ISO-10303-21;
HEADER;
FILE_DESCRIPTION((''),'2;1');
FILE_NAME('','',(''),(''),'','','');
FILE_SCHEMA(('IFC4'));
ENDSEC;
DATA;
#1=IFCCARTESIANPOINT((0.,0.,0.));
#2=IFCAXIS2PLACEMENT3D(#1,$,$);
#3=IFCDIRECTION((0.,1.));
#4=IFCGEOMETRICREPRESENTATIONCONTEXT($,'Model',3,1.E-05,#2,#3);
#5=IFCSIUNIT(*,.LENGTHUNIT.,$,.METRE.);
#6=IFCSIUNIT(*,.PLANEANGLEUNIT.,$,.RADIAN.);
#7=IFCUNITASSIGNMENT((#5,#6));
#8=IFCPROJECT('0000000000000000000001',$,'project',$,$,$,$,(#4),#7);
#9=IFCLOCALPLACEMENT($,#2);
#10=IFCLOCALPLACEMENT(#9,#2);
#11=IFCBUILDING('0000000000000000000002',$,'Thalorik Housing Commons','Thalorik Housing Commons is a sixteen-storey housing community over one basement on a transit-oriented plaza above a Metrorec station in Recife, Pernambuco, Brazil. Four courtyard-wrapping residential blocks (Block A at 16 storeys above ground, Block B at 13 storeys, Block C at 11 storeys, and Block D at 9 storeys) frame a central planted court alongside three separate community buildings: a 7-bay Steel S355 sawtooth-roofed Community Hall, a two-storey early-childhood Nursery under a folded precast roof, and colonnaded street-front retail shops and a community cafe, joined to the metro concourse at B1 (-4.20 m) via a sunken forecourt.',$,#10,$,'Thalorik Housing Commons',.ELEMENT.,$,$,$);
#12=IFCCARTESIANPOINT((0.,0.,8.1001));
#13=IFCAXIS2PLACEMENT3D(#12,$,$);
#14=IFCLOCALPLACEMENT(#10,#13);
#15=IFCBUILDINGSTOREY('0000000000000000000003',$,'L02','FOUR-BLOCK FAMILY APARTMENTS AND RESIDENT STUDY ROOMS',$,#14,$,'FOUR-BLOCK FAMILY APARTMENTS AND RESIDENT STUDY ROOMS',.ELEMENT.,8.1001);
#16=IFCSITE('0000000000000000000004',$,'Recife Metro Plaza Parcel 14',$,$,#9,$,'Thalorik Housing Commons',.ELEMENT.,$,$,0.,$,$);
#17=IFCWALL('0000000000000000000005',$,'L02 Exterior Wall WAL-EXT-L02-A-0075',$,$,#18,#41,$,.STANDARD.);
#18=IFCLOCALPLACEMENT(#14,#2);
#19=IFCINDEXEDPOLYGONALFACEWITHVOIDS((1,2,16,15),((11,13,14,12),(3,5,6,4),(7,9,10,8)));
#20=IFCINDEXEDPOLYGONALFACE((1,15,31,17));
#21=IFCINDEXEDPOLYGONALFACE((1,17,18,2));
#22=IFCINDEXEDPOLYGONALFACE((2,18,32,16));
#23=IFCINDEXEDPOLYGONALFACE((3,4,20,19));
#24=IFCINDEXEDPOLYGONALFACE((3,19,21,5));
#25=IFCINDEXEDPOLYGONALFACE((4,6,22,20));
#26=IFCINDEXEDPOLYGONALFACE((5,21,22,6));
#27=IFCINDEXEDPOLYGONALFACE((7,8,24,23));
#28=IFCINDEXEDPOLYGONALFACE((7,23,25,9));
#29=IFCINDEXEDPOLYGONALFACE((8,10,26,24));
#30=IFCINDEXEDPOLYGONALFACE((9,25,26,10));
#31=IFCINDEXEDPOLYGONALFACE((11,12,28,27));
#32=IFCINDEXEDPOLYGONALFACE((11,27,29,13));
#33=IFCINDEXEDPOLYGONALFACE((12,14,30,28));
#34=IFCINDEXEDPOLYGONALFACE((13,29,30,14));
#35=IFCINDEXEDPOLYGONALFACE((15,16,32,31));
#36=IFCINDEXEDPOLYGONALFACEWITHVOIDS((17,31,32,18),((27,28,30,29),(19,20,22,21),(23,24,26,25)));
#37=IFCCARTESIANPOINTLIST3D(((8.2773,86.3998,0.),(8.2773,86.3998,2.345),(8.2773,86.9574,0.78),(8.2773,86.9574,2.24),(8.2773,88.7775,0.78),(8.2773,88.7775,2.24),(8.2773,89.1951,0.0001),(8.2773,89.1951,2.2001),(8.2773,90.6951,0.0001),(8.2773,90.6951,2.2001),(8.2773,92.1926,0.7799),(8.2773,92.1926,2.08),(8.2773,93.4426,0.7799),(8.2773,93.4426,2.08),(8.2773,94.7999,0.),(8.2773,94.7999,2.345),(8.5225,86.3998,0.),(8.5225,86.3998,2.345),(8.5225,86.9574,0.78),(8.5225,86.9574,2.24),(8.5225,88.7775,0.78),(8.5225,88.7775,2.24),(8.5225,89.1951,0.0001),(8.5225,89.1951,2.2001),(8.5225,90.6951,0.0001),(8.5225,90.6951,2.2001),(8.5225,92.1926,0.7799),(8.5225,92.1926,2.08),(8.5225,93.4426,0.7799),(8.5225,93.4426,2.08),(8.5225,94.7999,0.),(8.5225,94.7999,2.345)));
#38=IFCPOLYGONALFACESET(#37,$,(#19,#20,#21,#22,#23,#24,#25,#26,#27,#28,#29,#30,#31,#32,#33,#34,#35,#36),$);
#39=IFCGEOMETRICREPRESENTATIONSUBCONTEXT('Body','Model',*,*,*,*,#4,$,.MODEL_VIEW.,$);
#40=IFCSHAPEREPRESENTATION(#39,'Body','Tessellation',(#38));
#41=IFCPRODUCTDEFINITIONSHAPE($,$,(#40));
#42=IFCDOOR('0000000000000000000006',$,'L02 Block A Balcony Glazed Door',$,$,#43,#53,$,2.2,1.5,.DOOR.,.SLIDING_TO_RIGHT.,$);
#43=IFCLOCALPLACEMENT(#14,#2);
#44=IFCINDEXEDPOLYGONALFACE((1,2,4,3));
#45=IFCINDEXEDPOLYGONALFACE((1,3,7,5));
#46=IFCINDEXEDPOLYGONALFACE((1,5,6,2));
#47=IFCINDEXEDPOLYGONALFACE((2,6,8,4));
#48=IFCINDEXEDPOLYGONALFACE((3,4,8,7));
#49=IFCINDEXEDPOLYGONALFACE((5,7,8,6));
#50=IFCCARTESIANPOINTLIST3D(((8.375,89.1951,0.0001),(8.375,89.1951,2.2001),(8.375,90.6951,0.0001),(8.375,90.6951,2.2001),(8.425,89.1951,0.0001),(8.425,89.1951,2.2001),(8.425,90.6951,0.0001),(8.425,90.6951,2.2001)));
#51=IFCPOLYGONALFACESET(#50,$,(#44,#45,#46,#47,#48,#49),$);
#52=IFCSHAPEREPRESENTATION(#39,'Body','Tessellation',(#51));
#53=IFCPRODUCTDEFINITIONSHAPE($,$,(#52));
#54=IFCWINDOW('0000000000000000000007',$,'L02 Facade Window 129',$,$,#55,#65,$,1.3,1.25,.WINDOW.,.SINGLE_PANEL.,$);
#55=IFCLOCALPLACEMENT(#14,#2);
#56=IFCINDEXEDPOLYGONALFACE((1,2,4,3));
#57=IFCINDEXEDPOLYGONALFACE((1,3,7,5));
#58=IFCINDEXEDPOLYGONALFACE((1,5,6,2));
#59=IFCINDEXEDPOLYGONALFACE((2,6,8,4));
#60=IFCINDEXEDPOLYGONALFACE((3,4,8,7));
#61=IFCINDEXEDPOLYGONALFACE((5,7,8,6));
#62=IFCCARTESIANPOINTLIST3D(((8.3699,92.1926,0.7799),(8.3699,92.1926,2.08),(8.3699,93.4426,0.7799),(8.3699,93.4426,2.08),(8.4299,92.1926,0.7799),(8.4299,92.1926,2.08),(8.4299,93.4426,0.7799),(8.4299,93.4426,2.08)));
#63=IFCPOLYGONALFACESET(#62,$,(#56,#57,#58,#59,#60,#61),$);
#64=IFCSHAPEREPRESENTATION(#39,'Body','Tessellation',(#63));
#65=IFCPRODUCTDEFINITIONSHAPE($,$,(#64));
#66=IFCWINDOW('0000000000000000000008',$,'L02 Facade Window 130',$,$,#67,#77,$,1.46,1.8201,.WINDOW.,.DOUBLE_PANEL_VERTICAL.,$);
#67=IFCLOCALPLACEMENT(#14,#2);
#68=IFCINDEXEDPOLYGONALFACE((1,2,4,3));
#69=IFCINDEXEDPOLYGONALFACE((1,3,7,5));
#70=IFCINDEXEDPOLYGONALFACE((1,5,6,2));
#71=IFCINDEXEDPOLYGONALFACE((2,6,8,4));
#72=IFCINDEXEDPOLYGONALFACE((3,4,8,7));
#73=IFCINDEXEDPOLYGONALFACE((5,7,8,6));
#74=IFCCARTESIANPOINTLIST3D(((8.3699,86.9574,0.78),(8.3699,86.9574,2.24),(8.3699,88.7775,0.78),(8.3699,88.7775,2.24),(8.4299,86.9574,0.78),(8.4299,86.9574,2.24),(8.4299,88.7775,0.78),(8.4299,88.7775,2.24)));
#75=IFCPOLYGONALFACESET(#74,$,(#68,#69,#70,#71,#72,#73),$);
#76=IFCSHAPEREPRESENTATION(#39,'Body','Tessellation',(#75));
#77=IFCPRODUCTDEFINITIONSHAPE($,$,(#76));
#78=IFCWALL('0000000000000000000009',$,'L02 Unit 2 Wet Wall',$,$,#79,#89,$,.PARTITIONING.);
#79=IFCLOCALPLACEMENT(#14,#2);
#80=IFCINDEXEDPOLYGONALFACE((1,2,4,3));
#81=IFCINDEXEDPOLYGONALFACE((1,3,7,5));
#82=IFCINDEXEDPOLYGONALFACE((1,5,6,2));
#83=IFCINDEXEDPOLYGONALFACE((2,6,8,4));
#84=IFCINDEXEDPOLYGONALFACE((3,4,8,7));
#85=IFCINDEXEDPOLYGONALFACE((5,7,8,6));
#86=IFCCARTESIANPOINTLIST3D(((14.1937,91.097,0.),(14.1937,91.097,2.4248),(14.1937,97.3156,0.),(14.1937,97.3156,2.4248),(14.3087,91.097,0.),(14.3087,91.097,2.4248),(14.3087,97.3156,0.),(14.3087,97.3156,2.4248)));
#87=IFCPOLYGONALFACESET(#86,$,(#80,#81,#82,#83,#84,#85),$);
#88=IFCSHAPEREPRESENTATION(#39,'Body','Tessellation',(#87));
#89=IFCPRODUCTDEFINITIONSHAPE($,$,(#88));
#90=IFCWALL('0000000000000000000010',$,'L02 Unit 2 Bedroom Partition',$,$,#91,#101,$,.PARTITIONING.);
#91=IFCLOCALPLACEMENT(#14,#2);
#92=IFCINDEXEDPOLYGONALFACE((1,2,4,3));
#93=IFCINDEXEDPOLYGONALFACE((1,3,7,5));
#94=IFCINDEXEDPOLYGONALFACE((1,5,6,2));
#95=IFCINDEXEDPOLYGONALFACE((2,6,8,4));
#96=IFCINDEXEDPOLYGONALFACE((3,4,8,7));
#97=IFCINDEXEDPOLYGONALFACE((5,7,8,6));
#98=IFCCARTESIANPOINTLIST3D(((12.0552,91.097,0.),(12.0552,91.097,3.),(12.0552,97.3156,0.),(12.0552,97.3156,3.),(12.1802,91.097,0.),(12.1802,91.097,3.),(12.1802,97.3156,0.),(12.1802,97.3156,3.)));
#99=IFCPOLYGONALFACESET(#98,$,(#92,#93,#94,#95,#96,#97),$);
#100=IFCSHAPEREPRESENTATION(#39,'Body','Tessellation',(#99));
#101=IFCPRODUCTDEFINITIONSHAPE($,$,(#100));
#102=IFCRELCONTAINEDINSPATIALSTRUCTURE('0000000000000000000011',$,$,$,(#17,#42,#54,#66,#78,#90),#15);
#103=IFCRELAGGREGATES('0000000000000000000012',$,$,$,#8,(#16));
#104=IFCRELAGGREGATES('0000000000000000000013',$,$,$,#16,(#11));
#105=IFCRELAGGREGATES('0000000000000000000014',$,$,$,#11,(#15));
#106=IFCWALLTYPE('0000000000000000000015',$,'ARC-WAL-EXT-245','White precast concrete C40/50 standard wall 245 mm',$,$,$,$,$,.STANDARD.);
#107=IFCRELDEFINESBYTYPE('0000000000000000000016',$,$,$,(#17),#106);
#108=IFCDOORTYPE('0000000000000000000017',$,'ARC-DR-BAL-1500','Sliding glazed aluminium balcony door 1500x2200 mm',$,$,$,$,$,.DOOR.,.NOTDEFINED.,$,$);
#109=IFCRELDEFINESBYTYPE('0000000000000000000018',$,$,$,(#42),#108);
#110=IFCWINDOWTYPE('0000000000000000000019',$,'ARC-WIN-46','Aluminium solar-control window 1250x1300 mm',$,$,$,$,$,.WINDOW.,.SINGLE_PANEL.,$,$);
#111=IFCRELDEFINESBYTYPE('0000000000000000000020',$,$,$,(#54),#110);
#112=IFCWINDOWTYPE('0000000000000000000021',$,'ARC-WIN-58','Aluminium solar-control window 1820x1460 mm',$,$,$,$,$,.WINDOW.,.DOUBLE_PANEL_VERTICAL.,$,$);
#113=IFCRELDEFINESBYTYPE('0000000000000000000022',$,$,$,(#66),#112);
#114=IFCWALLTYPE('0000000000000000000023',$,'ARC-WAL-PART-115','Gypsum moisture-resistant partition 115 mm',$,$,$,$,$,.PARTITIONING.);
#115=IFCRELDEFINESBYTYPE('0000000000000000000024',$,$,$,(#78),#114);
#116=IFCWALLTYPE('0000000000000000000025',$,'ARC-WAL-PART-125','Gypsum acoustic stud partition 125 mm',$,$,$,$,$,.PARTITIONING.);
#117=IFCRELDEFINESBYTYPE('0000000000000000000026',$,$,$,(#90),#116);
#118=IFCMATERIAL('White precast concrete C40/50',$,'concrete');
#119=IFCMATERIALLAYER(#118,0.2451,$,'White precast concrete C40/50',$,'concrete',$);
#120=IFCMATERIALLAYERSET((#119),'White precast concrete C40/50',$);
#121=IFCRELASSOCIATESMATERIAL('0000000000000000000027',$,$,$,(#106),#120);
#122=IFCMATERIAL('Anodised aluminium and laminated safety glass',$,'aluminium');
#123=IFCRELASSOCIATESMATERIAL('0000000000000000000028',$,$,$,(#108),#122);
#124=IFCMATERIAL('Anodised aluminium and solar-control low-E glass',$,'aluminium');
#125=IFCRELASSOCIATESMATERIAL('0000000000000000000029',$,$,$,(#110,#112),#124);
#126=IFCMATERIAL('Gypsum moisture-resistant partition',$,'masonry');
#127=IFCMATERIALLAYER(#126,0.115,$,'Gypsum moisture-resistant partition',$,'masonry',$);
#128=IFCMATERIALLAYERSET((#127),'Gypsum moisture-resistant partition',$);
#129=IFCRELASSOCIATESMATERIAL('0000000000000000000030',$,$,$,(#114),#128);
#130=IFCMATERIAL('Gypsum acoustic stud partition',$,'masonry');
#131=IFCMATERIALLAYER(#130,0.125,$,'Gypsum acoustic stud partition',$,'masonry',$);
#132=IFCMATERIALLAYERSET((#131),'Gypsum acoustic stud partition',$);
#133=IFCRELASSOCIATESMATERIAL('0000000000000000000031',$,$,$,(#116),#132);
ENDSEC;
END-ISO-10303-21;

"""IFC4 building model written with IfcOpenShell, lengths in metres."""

from ifc_helpers import new_model, si_unit, direction, frame, frame_2d, origin, place, context, subcontext, project, spatial, rectangle, extrude, material, layer, layer_set, type_object, element, fill, save


model = new_model("IFC4")

# Units and contexts
model_context = context("Model", 3, precision=1e-05, world=origin(), true_north=direction((0.0, 1.0)))
body_context = subcontext(model_context, "Body", "Model", "MODEL_VIEW")
ifc_project = project(units=[si_unit("LENGTHUNIT", "METRE"), si_unit("PLANEANGLEUNIT", "RADIAN")], contexts=[model_context])

# Site, building, storey
site_placement = place(None, origin())
site = spatial("IfcSite", under=ifc_project, at=site_placement, Name="Recife Metro Plaza Parcel 14", LongName="Thalorik Housing Commons", CompositionType="ELEMENT", RefElevation=0.0)
building_placement = place(site_placement, origin())
building = spatial("IfcBuilding", under=site, at=building_placement, Name="Thalorik Housing Commons", Description="Thalorik Housing Commons is a sixteen-storey housing community over one basement on a transit-oriented plaza above a Metrorec station in Recife, Pernambuco, Brazil. Four courtyard-wrapping residential blocks (Block A at 16 storeys above ground, Block B at 13 storeys, Block C at 11 storeys, and Block D at 9 storeys) frame a central planted court alongside three separate community buildings: a 7-bay Steel S355 sawtooth-roofed Community Hall, a two-storey early-childhood Nursery under a folded precast roof, and colonnaded street-front retail shops and a community cafe, joined to the metro concourse at B1 (-4.20 m) via a sunken forecourt.", LongName="Thalorik Housing Commons", CompositionType="ELEMENT")
storey_placement = place(building_placement, frame((0.0, 0.0, 8.1001)))
storey = spatial("IfcBuildingStorey", under=building, at=storey_placement, Name="L02", Description="FOUR-BLOCK FAMILY APARTMENTS AND RESIDENT STUDY ROOMS", LongName="FOUR-BLOCK FAMILY APARTMENTS AND RESIDENT STUDY ROOMS", CompositionType="ELEMENT", Elevation=8.1001)

# Shared definitions
ifc_material_1 = material(Name="White precast concrete C40/50", Category="concrete")
ifc_layer_1 = layer(ifc_material_1, 0.2451, Name="White precast concrete C40/50", Category="concrete")
ifc_layer_set_1 = layer_set([ifc_layer_1], Name="White precast concrete C40/50")
wall_type_1 = type_object("IfcWallType", Name="ARC-WAL-EXT-245", Description="White precast concrete C40/50 standard wall 245 mm", PredefinedType="STANDARD", material=ifc_layer_set_1)
ifc_material_2 = material(Name="Anodised aluminium and laminated safety glass", Category="aluminium")
ifc_material_3 = material(Name="Anodised aluminium and solar-control low-E glass", Category="aluminium")

# Wall, openings, door, windows
wall_1_placement = place(storey_placement, frame((8.3999, 94.8, 0.0), z_axis=(0.0, 0.0, 1.0), x_axis=(0.0, -1.0, 0.0)))
wall_1 = element("IfcWall", 1, at=wall_1_placement, inside=storey, type_object=wall_type_1, Name="L02 Exterior Wall WAL-EXT-L02-A-0075", PredefinedType="STANDARD", context=body_context, shape_type="SweptSolid", body=[
    extrude(rectangle(XDim=8.4001, YDim=0.2451, at=frame_2d((4.2002, 0.0))), origin(), (0.0, 0.0, 1.0), 2.345),
])
opening_1_placement = place(wall_1_placement, frame((4.105, 0.0, 0.0)))
opening_1 = element("IfcOpeningElement", 2, at=opening_1_placement, cuts=wall_1, PredefinedType="OPENING", context=body_context, shape_type="SweptSolid", body=[
    extrude(rectangle(XDim=1.5, YDim=2.2, at=frame_2d((0.75, 1.1001))), frame((0.0, 0.1326, 0.0), z_axis=(0.0, -1.0, 0.0), x_axis=(1.0, 0.0, 0.0)), (0.0, 0.0, 1.0), 0.2651),
])
opening_2_placement = place(wall_1_placement, frame((1.3574, 0.0, 0.78)))
opening_2 = element("IfcOpeningElement", 3, at=opening_2_placement, cuts=wall_1, PredefinedType="OPENING", context=body_context, shape_type="SweptSolid", body=[
    extrude(rectangle(XDim=1.25, YDim=1.3, at=frame_2d((0.625, 0.6499))), frame((0.0, 0.1326, 0.0), z_axis=(0.0, -1.0, 0.0), x_axis=(1.0, 0.0, 0.0)), (0.0, 0.0, 1.0), 0.2651),
])
opening_3_placement = place(wall_1_placement, frame((6.0225, 0.0, 0.78)))
opening_3 = element("IfcOpeningElement", 4, at=opening_3_placement, cuts=wall_1, PredefinedType="OPENING", context=body_context, shape_type="SweptSolid", body=[
    extrude(rectangle(XDim=1.8201, YDim=1.46, at=frame_2d((0.9102, 0.73))), frame((0.0, 0.1326, 0.0), z_axis=(0.0, -1.0, 0.0), x_axis=(1.0, 0.0, 0.0)), (0.0, 0.0, 1.0), 0.2651),
])
door_type_1 = type_object("IfcDoorType", Name="ARC-DR-BAL-1500", Description="Sliding glazed aluminium balcony door 1500x2200 mm", OperationType="NOTDEFINED", PredefinedType="DOOR", material=ifc_material_2)
door_1_placement = place(opening_1_placement, frame((1.5, 0.0, 0.0), z_axis=(0.0, 0.0, 1.0), x_axis=(-1.0, 0.0, 0.0)))
door_1 = element("IfcDoor", 5, at=door_1_placement, inside=storey, type_object=door_type_1, Name="L02 Block A Balcony Glazed Door", OperationType="SLIDING_TO_RIGHT", OverallHeight=2.2, OverallWidth=1.5, PredefinedType="DOOR", context=body_context, shape_type="SweptSolid", body=[
    extrude(rectangle(XDim=1.5, YDim=2.2, at=frame_2d((0.75, 1.1001))), frame((0.0, 0.0249, 0.0), z_axis=(0.0, -1.0, 0.0), x_axis=(1.0, 0.0, 0.0)), (0.0, 0.0, 1.0), 0.05),
])
fill(opening_1, door_1)
window_type_1 = type_object("IfcWindowType", Name="ARC-WIN-46", Description="Aluminium solar-control window 1250x1300 mm", PartitioningType="SINGLE_PANEL", PredefinedType="WINDOW", material=ifc_material_3)
window_1_placement = place(opening_2_placement, origin())
window_1 = element("IfcWindow", 6, at=window_1_placement, inside=storey, type_object=window_type_1, Name="L02 Facade Window 129", OverallHeight=1.3, OverallWidth=1.25, PartitioningType="SINGLE_PANEL", PredefinedType="WINDOW", context=body_context, shape_type="SweptSolid", body=[
    extrude(rectangle(XDim=1.25, YDim=1.3, at=frame_2d((0.625, 0.6499))), frame((0.0, 0.03, 0.0), z_axis=(0.0, -1.0, 0.0), x_axis=(1.0, 0.0, 0.0)), (0.0, 0.0, 1.0), 0.0601),
])
fill(opening_2, window_1)
window_type_2 = type_object("IfcWindowType", Name="ARC-WIN-58", Description="Aluminium solar-control window 1820x1460 mm", PartitioningType="DOUBLE_PANEL_VERTICAL", PredefinedType="WINDOW", material=ifc_material_3)
window_2_placement = place(opening_3_placement, origin())
window_2 = element("IfcWindow", 7, at=window_2_placement, inside=storey, type_object=window_type_2, Name="L02 Facade Window 130", OverallHeight=1.46, OverallWidth=1.8201, PartitioningType="DOUBLE_PANEL_VERTICAL", PredefinedType="WINDOW", context=body_context, shape_type="SweptSolid", body=[
    extrude(rectangle(XDim=1.8201, YDim=1.46, at=frame_2d((0.9102, 0.73))), frame((0.0, 0.03, 0.0), z_axis=(0.0, -1.0, 0.0), x_axis=(1.0, 0.0, 0.0)), (0.0, 0.0, 1.0), 0.0601),
])
fill(opening_3, window_2)

# Walls
ifc_material_4 = material(Name="Gypsum moisture-resistant partition", Category="masonry")
ifc_layer_2 = layer(ifc_material_4, 0.115, Name="Gypsum moisture-resistant partition", Category="masonry")
ifc_layer_set_2 = layer_set([ifc_layer_2], Name="Gypsum moisture-resistant partition")
wall_type_2 = type_object("IfcWallType", Name="ARC-WAL-PART-115", Description="Gypsum moisture-resistant partition 115 mm", PredefinedType="PARTITIONING", material=ifc_layer_set_2)
wall_2_placement = place(storey_placement, frame((14.2512, 91.0969, 0.0), z_axis=(0.0, 0.0, 1.0), x_axis=(0.0, 1.0, 0.0)))
element("IfcWall", 8, at=wall_2_placement, inside=storey, type_object=wall_type_2, Name="L02 Unit 2 Wet Wall", PredefinedType="PARTITIONING", context=body_context, shape_type="SweptSolid", body=[
    extrude(rectangle(XDim=6.2185, YDim=0.115, at=frame_2d((3.1094, 0.0))), origin(), (0.0, 0.0, 1.0), 2.4248),
])
ifc_material_5 = material(Name="Gypsum acoustic stud partition", Category="masonry")
ifc_layer_3 = layer(ifc_material_5, 0.125, Name="Gypsum acoustic stud partition", Category="masonry")
ifc_layer_set_3 = layer_set([ifc_layer_3], Name="Gypsum acoustic stud partition")
wall_type_3 = type_object("IfcWallType", Name="ARC-WAL-PART-125", Description="Gypsum acoustic stud partition 125 mm", PredefinedType="PARTITIONING", material=ifc_layer_set_3)
wall_3_placement = place(storey_placement, frame((12.1177, 91.0969, 0.0), z_axis=(0.0, 0.0, 1.0), x_axis=(0.0, 1.0, 0.0)))
element("IfcWall", 9, at=wall_3_placement, inside=storey, type_object=wall_type_3, Name="L02 Unit 2 Bedroom Partition", PredefinedType="PARTITIONING", context=body_context, shape_type="SweptSolid", body=[
    extrude(rectangle(XDim=6.2185, YDim=0.125, at=frame_2d((3.1094, 0.0))), origin(), (0.0, 0.0, 1.0), 3.0),
])

save(model, "model.ifc")
